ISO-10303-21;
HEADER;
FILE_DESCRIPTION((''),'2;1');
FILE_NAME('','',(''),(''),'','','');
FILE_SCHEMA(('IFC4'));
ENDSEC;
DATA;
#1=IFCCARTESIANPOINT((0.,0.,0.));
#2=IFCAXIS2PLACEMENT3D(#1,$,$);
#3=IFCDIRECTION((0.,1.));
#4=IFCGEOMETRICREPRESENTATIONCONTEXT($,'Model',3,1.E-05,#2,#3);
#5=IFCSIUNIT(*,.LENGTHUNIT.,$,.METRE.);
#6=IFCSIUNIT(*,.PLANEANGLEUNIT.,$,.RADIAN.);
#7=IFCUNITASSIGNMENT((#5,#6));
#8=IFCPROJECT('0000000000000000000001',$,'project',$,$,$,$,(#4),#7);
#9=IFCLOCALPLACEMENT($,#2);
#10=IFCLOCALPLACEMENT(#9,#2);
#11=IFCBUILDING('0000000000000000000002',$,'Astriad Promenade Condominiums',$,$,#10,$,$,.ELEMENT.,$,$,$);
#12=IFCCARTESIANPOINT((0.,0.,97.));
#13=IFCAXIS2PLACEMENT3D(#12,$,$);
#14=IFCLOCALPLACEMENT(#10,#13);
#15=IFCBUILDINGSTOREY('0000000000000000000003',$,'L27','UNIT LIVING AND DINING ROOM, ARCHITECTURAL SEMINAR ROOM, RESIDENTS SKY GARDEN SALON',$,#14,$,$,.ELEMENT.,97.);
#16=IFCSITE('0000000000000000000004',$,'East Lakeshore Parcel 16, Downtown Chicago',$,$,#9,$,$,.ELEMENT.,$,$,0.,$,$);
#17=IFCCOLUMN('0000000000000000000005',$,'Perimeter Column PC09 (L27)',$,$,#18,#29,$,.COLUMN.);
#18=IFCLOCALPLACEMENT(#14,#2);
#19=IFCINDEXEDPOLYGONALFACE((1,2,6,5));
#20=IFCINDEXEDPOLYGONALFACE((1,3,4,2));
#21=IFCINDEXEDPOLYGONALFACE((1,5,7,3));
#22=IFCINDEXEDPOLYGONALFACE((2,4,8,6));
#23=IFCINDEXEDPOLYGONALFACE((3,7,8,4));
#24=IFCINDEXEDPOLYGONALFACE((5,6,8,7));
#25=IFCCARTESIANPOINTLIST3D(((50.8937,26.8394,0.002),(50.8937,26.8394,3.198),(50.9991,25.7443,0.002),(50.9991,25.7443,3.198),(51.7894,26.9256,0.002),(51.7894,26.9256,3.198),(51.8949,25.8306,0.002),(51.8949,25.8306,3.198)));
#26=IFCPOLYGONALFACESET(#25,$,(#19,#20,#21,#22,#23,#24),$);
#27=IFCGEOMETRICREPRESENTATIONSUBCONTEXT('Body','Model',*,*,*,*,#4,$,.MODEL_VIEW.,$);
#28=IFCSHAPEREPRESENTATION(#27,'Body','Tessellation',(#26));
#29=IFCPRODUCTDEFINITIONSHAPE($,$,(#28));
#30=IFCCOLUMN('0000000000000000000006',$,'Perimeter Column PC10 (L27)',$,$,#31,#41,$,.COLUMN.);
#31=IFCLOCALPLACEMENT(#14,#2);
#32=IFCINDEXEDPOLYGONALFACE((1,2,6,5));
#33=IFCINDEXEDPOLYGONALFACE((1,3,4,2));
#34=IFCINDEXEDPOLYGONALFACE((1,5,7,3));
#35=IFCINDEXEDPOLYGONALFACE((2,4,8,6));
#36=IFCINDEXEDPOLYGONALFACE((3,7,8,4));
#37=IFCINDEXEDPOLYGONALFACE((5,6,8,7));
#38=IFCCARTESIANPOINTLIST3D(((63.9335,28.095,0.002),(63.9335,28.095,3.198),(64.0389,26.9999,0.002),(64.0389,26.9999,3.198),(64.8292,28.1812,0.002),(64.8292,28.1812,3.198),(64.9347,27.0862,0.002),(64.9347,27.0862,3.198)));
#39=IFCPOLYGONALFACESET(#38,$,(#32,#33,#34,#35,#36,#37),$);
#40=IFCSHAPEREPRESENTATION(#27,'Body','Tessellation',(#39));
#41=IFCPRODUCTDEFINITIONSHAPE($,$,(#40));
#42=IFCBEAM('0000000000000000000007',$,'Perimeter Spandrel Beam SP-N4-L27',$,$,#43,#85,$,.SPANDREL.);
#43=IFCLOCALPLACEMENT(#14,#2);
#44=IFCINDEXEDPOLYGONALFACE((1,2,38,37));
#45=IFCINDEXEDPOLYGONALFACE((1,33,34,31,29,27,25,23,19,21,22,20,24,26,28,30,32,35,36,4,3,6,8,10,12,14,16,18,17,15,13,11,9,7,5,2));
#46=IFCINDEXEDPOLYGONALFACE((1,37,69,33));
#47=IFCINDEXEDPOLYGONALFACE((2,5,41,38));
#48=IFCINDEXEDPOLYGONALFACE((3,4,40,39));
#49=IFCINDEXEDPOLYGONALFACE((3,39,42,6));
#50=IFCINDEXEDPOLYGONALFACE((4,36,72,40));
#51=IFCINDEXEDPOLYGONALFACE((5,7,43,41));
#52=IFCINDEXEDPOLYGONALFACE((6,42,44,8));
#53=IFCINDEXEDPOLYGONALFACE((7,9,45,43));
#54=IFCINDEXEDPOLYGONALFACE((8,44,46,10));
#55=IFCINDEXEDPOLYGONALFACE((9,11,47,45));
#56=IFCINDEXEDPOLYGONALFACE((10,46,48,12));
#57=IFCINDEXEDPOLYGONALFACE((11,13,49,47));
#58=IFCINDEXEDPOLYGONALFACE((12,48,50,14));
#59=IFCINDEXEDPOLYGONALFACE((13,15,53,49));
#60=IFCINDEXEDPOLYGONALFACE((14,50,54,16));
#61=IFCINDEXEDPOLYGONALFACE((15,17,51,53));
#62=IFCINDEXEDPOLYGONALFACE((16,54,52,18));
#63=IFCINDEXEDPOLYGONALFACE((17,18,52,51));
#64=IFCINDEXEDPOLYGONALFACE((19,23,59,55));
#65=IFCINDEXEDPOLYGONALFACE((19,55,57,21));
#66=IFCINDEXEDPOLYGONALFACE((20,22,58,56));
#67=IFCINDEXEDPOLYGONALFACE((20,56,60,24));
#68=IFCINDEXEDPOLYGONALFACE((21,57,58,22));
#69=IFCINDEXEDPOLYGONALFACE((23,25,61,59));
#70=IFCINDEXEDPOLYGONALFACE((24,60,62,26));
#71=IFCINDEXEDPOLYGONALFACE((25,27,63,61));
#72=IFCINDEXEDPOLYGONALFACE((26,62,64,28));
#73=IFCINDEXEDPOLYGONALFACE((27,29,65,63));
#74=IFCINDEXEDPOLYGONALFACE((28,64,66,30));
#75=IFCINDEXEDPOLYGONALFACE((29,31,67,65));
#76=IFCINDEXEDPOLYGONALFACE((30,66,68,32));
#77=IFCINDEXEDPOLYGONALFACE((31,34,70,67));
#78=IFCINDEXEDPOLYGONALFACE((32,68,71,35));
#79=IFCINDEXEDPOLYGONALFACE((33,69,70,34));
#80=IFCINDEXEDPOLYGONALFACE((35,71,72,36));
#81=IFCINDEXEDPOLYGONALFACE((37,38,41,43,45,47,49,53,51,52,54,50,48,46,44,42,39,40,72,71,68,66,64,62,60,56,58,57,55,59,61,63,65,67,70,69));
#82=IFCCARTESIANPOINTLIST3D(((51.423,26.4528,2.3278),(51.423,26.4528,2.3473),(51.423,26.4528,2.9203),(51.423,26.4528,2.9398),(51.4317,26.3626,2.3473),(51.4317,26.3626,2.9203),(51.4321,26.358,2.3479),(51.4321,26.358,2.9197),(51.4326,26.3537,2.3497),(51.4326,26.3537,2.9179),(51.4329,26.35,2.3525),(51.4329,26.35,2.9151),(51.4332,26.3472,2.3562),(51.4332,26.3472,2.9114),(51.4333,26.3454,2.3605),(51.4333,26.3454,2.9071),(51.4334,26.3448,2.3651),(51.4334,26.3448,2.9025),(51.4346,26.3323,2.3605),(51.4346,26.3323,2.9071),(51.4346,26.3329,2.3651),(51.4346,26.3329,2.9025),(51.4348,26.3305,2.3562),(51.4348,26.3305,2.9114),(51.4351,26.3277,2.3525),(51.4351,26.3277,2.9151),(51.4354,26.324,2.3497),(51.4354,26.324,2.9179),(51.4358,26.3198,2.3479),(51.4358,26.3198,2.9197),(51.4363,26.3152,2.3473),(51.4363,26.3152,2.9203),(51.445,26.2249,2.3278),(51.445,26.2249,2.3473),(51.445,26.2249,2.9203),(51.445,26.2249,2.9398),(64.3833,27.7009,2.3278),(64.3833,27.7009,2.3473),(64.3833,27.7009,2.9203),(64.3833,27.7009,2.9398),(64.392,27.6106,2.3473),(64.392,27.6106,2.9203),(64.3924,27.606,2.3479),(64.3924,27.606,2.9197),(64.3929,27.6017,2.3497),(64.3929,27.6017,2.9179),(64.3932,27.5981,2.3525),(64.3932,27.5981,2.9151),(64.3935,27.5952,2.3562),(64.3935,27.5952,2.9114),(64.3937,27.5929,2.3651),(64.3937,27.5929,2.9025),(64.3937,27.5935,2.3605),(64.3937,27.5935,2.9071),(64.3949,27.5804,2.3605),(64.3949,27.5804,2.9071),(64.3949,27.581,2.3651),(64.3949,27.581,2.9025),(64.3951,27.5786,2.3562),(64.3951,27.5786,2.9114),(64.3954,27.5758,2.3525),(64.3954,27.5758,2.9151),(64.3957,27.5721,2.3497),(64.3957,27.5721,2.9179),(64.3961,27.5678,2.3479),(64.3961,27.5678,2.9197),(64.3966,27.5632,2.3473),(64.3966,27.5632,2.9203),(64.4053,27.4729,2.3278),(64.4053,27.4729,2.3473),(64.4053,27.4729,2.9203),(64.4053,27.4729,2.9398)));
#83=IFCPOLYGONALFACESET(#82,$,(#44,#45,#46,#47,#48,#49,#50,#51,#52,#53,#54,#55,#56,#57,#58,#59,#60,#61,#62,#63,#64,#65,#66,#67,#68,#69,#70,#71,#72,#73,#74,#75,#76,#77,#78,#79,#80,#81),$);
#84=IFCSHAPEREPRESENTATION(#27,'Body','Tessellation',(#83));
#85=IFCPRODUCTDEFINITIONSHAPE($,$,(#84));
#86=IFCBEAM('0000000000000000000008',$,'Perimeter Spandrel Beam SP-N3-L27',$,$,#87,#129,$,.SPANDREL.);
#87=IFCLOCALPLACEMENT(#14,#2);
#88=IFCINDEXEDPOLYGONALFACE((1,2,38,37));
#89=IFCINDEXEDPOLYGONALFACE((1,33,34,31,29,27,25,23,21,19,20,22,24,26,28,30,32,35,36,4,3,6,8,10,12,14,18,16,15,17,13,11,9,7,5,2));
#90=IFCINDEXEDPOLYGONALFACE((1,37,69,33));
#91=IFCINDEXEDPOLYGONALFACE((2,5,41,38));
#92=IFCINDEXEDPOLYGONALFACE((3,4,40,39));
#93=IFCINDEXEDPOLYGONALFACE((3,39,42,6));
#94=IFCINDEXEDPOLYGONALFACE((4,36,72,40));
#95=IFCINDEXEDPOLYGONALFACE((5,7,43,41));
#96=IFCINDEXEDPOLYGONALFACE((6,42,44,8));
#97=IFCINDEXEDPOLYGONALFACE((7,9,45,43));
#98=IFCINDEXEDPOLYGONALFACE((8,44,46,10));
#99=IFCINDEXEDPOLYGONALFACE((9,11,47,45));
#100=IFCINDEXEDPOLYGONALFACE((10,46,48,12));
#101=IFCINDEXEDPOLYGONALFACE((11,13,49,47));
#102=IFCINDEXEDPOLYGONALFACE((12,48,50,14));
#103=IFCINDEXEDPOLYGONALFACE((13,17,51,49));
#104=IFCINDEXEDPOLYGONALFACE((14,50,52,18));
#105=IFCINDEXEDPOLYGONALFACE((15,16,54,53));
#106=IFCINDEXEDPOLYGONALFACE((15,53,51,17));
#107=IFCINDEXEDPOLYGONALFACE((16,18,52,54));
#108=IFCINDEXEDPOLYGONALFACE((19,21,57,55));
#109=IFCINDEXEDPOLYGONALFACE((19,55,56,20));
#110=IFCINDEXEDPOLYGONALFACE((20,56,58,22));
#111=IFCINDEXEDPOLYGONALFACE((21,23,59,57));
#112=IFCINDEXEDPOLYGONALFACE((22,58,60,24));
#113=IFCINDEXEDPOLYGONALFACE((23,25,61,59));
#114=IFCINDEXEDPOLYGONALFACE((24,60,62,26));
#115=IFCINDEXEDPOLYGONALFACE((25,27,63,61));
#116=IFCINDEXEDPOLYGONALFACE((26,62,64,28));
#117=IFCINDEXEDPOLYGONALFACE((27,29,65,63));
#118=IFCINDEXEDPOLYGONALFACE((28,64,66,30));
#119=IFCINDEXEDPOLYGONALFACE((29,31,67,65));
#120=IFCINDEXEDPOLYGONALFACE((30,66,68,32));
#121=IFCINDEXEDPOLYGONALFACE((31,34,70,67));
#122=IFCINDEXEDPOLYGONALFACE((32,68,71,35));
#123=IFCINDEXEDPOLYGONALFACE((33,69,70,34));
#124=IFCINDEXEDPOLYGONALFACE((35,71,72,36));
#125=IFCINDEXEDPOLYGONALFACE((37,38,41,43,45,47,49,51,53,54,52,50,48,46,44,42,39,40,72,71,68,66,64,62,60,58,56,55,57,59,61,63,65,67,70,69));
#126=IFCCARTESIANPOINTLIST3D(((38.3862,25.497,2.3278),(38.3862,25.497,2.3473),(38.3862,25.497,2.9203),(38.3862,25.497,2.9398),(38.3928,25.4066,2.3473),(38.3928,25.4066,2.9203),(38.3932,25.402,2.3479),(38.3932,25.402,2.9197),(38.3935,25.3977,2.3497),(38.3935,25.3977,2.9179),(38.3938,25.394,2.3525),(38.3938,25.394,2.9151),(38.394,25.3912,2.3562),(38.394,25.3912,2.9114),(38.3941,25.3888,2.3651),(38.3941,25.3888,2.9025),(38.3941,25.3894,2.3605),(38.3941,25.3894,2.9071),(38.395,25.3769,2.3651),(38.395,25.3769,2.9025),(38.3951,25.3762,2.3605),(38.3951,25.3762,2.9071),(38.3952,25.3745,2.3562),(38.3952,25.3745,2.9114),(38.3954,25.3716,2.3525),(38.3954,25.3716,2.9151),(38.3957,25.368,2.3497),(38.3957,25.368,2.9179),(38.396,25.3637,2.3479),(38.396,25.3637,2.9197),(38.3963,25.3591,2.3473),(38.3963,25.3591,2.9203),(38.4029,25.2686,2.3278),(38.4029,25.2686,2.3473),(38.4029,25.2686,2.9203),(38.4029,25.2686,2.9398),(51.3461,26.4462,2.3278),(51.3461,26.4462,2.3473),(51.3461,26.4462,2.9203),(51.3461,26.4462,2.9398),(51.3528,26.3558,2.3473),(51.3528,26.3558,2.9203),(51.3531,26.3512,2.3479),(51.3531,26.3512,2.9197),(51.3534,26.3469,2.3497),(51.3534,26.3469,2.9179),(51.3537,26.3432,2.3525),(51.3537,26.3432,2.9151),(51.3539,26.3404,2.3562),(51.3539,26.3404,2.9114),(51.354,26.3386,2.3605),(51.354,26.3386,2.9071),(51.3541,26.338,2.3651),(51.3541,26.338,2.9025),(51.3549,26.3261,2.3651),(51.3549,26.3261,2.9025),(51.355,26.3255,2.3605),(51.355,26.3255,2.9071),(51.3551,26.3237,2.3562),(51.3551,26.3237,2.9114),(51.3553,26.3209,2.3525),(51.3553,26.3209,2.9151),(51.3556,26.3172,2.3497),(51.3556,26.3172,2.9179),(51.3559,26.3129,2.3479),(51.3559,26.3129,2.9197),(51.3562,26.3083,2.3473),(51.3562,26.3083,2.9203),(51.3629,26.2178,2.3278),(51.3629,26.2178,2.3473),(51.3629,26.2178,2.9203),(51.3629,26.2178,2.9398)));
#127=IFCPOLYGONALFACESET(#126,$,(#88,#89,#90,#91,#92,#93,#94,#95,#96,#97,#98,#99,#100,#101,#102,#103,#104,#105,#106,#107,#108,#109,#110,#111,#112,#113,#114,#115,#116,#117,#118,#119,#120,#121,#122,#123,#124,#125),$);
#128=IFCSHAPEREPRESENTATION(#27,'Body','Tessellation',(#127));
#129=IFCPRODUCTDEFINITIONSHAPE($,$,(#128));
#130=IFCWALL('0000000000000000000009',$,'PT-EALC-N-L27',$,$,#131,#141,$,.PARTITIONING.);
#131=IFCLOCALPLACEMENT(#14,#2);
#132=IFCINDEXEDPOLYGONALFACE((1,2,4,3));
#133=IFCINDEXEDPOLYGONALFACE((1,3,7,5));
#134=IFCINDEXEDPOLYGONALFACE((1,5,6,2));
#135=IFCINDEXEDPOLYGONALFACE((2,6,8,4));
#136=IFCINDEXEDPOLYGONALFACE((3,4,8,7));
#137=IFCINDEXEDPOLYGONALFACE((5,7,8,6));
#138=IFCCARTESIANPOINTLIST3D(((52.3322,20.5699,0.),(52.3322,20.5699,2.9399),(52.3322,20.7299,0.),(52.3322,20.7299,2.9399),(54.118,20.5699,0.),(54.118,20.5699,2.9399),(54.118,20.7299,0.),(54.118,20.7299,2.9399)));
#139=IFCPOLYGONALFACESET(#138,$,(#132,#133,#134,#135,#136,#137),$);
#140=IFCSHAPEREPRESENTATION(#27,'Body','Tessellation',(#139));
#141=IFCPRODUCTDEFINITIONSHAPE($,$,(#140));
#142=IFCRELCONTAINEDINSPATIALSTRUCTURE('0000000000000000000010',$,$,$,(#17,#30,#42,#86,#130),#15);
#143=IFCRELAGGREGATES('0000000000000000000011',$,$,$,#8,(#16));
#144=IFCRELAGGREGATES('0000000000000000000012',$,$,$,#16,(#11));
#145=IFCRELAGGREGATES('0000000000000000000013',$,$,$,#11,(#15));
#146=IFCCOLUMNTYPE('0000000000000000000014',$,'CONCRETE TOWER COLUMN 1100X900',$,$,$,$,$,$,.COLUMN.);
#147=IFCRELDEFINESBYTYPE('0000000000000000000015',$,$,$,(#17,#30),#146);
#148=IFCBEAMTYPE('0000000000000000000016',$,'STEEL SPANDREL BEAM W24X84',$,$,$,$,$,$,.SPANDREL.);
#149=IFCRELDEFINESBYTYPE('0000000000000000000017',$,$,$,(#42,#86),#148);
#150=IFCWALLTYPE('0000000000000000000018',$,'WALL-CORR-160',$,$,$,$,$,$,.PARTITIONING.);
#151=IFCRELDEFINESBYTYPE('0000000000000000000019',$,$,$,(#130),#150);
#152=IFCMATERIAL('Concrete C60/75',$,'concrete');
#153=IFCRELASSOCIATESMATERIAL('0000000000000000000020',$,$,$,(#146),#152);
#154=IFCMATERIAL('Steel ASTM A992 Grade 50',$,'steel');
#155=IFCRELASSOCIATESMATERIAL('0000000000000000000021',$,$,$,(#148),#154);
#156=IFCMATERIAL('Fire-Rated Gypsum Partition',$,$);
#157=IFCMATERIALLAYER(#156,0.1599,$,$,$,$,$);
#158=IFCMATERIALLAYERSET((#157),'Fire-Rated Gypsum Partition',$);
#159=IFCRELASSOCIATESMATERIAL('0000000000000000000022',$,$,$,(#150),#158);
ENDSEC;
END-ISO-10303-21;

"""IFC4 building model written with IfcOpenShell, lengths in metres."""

from ifc_helpers import new_model, si_unit, direction, frame, frame_2d, origin, origin_2d, place, context, subcontext, project, spatial, rectangle, i_section, extrude, source, transform, mapped, material, layer, layer_set, material_profile, profile_set, type_object, type_shapes, element, save


model = new_model("IFC4")

# Units and contexts
model_context = context("Model", 3, precision=1e-05, world=origin(), true_north=direction((0.0, 1.0)))
body_context = subcontext(model_context, "Body", "Model", "MODEL_VIEW")
ifc_project = project(units=[si_unit("LENGTHUNIT", "METRE"), si_unit("PLANEANGLEUNIT", "RADIAN")], contexts=[model_context])

# Site, building, storey
site_placement = place(None, origin())
site = spatial("IfcSite", under=ifc_project, at=site_placement, Name="East Lakeshore Parcel 16, Downtown Chicago", CompositionType="ELEMENT", RefElevation=0.0)
building_placement = place(site_placement, origin())
building = spatial("IfcBuilding", under=site, at=building_placement, Name="Astriad Promenade Condominiums", CompositionType="ELEMENT")
storey_placement = place(building_placement, frame((0.0, 0.0, 97.0)))
storey = spatial("IfcBuildingStorey", under=building, at=storey_placement, Name="L27", Description="UNIT LIVING AND DINING ROOM, ARCHITECTURAL SEMINAR ROOM, RESIDENTS SKY GARDEN SALON", CompositionType="ELEMENT", Elevation=97.0)

# Columns
ifc_material_1 = material(Name="Concrete C60/75", Category="concrete")
ifc_material_profile_1 = material_profile(ifc_material_1, rectangle(XDim=0.8999, YDim=1.1001, at=origin_2d()), Name="RC-COL-1100X900")
ifc_profile_set_1 = profile_set([ifc_material_profile_1], Name="Concrete C60/75")
column_type = type_object("IfcColumnType", Name="CONCRETE TOWER COLUMN 1100X900", PredefinedType="COLUMN", material=ifc_profile_set_1)
shared_shape_1 = source(origin(), body_context, "Body", "SweptSolid", [
    extrude(rectangle(XDim=0.8999, YDim=1.1001, at=origin_2d()), origin(), (0.0, 0.0, 1.0), 3.196),
])
type_shapes(column_type, [shared_shape_1])
for number, where, z_axis, x_axis, name in (
    (1, (51.3943, 26.335, 0.002), (0.0, 0.0, 1.0), (0.995396, 0.095846, 0.0), "Perimeter Column PC09 (L27)"),
    (2, (64.4341, 27.5906, 0.002), (0.0, 0.0, 1.0), (0.995396, 0.095846, 0.0), "Perimeter Column PC10 (L27)"),
):
    element("IfcColumn", number, at=place(storey_placement, frame(where, z_axis=z_axis, x_axis=x_axis)), inside=storey, type_object=column_type, Name=name, PredefinedType="COLUMN", context=body_context, shape_type="MappedRepresentation", body=[
        mapped(shared_shape_1, transform((0.0, 0.0, 0.0), scale=1.0)),
    ])

# Beams
ifc_material_2 = material(Name="Steel ASTM A992 Grade 50", Category="steel")
ifc_material_profile_2 = material_profile(ifc_material_2, i_section(OverallWidth=0.229, OverallDepth=0.6121, WebThickness=0.012, FlangeThickness=0.0195, FilletRadius=0.0178, at=origin_2d()), Name="W24X84")
ifc_profile_set_2 = profile_set([ifc_material_profile_2], Name="Steel ASTM A992 Grade 50")
beam_type = type_object("IfcBeamType", Name="STEEL SPANDREL BEAM W24X84", PredefinedType="SPANDREL", material=ifc_profile_set_2)
shared_shape_2 = source(origin(), body_context, "Body", "SweptSolid", [
    extrude(i_section(OverallWidth=0.229, OverallDepth=0.6121, WebThickness=0.012, FlangeThickness=0.0195, FilletRadius=0.0178, at=origin_2d()), origin(), (0.0, 0.0, 1.0), 13.0203),
])
beam_1_placement = place(storey_placement, frame((64.3943, 27.5869, 2.6338), z_axis=(-0.995395, -0.095855, 0.0), x_axis=(0.095855, -0.995395, 0.0)))
element("IfcBeam", 3, at=beam_1_placement, inside=storey, type_object=beam_type, Name="Perimeter Spandrel Beam SP-N4-L27", PredefinedType="SPANDREL", context=body_context, shape_type="MappedRepresentation", body=[
    mapped(shared_shape_2, transform((0.0, 0.0, 0.0), scale=1.0)),
])
shared_shape_3 = source(origin(), body_context, "Body", "SweptSolid", [
    extrude(i_section(OverallWidth=0.229, OverallDepth=0.6121, WebThickness=0.012, FlangeThickness=0.0195, FilletRadius=0.0178, at=origin_2d()), origin(), (0.0, 0.0, 1.0), 12.9946),
])
type_shapes(beam_type, [shared_shape_2, shared_shape_3])
beam_2_placement = place(storey_placement, frame((51.3545, 26.332, 2.6338), z_axis=(-0.997329, -0.073047, 0.0), x_axis=(0.073047, -0.997329, 0.0)))
element("IfcBeam", 4, at=beam_2_placement, inside=storey, type_object=beam_type, Name="Perimeter Spandrel Beam SP-N3-L27", PredefinedType="SPANDREL", context=body_context, shape_type="MappedRepresentation", body=[
    mapped(shared_shape_3, transform((0.0, 0.0, 0.0), scale=1.0)),
])

# Wall
ifc_material_3 = material(Name="Fire-Rated Gypsum Partition")
ifc_layer_1 = layer(ifc_material_3, 0.1599)
ifc_layer_set_1 = layer_set([ifc_layer_1], Name="Fire-Rated Gypsum Partition")
wall_type_1 = type_object("IfcWallType", Name="WALL-CORR-160", PredefinedType="PARTITIONING", material=ifc_layer_set_1)
wall_1_placement = place(storey_placement, frame((52.332, 20.6499, 0.0), z_axis=(0.0, 0.0, 1.0), x_axis=(1.0, 0.0, 0.0)))
element("IfcWall", 5, at=wall_1_placement, inside=storey, type_object=wall_type_1, Name="PT-EALC-N-L27", PredefinedType="PARTITIONING", context=body_context, shape_type="SweptSolid", body=[
    extrude(rectangle(XDim=1.7859, YDim=0.1599, at=frame_2d((0.8931, 0.0))), origin(), (0.0, 0.0, 1.0), 2.9399),
])

save(model, "model.ifc")
